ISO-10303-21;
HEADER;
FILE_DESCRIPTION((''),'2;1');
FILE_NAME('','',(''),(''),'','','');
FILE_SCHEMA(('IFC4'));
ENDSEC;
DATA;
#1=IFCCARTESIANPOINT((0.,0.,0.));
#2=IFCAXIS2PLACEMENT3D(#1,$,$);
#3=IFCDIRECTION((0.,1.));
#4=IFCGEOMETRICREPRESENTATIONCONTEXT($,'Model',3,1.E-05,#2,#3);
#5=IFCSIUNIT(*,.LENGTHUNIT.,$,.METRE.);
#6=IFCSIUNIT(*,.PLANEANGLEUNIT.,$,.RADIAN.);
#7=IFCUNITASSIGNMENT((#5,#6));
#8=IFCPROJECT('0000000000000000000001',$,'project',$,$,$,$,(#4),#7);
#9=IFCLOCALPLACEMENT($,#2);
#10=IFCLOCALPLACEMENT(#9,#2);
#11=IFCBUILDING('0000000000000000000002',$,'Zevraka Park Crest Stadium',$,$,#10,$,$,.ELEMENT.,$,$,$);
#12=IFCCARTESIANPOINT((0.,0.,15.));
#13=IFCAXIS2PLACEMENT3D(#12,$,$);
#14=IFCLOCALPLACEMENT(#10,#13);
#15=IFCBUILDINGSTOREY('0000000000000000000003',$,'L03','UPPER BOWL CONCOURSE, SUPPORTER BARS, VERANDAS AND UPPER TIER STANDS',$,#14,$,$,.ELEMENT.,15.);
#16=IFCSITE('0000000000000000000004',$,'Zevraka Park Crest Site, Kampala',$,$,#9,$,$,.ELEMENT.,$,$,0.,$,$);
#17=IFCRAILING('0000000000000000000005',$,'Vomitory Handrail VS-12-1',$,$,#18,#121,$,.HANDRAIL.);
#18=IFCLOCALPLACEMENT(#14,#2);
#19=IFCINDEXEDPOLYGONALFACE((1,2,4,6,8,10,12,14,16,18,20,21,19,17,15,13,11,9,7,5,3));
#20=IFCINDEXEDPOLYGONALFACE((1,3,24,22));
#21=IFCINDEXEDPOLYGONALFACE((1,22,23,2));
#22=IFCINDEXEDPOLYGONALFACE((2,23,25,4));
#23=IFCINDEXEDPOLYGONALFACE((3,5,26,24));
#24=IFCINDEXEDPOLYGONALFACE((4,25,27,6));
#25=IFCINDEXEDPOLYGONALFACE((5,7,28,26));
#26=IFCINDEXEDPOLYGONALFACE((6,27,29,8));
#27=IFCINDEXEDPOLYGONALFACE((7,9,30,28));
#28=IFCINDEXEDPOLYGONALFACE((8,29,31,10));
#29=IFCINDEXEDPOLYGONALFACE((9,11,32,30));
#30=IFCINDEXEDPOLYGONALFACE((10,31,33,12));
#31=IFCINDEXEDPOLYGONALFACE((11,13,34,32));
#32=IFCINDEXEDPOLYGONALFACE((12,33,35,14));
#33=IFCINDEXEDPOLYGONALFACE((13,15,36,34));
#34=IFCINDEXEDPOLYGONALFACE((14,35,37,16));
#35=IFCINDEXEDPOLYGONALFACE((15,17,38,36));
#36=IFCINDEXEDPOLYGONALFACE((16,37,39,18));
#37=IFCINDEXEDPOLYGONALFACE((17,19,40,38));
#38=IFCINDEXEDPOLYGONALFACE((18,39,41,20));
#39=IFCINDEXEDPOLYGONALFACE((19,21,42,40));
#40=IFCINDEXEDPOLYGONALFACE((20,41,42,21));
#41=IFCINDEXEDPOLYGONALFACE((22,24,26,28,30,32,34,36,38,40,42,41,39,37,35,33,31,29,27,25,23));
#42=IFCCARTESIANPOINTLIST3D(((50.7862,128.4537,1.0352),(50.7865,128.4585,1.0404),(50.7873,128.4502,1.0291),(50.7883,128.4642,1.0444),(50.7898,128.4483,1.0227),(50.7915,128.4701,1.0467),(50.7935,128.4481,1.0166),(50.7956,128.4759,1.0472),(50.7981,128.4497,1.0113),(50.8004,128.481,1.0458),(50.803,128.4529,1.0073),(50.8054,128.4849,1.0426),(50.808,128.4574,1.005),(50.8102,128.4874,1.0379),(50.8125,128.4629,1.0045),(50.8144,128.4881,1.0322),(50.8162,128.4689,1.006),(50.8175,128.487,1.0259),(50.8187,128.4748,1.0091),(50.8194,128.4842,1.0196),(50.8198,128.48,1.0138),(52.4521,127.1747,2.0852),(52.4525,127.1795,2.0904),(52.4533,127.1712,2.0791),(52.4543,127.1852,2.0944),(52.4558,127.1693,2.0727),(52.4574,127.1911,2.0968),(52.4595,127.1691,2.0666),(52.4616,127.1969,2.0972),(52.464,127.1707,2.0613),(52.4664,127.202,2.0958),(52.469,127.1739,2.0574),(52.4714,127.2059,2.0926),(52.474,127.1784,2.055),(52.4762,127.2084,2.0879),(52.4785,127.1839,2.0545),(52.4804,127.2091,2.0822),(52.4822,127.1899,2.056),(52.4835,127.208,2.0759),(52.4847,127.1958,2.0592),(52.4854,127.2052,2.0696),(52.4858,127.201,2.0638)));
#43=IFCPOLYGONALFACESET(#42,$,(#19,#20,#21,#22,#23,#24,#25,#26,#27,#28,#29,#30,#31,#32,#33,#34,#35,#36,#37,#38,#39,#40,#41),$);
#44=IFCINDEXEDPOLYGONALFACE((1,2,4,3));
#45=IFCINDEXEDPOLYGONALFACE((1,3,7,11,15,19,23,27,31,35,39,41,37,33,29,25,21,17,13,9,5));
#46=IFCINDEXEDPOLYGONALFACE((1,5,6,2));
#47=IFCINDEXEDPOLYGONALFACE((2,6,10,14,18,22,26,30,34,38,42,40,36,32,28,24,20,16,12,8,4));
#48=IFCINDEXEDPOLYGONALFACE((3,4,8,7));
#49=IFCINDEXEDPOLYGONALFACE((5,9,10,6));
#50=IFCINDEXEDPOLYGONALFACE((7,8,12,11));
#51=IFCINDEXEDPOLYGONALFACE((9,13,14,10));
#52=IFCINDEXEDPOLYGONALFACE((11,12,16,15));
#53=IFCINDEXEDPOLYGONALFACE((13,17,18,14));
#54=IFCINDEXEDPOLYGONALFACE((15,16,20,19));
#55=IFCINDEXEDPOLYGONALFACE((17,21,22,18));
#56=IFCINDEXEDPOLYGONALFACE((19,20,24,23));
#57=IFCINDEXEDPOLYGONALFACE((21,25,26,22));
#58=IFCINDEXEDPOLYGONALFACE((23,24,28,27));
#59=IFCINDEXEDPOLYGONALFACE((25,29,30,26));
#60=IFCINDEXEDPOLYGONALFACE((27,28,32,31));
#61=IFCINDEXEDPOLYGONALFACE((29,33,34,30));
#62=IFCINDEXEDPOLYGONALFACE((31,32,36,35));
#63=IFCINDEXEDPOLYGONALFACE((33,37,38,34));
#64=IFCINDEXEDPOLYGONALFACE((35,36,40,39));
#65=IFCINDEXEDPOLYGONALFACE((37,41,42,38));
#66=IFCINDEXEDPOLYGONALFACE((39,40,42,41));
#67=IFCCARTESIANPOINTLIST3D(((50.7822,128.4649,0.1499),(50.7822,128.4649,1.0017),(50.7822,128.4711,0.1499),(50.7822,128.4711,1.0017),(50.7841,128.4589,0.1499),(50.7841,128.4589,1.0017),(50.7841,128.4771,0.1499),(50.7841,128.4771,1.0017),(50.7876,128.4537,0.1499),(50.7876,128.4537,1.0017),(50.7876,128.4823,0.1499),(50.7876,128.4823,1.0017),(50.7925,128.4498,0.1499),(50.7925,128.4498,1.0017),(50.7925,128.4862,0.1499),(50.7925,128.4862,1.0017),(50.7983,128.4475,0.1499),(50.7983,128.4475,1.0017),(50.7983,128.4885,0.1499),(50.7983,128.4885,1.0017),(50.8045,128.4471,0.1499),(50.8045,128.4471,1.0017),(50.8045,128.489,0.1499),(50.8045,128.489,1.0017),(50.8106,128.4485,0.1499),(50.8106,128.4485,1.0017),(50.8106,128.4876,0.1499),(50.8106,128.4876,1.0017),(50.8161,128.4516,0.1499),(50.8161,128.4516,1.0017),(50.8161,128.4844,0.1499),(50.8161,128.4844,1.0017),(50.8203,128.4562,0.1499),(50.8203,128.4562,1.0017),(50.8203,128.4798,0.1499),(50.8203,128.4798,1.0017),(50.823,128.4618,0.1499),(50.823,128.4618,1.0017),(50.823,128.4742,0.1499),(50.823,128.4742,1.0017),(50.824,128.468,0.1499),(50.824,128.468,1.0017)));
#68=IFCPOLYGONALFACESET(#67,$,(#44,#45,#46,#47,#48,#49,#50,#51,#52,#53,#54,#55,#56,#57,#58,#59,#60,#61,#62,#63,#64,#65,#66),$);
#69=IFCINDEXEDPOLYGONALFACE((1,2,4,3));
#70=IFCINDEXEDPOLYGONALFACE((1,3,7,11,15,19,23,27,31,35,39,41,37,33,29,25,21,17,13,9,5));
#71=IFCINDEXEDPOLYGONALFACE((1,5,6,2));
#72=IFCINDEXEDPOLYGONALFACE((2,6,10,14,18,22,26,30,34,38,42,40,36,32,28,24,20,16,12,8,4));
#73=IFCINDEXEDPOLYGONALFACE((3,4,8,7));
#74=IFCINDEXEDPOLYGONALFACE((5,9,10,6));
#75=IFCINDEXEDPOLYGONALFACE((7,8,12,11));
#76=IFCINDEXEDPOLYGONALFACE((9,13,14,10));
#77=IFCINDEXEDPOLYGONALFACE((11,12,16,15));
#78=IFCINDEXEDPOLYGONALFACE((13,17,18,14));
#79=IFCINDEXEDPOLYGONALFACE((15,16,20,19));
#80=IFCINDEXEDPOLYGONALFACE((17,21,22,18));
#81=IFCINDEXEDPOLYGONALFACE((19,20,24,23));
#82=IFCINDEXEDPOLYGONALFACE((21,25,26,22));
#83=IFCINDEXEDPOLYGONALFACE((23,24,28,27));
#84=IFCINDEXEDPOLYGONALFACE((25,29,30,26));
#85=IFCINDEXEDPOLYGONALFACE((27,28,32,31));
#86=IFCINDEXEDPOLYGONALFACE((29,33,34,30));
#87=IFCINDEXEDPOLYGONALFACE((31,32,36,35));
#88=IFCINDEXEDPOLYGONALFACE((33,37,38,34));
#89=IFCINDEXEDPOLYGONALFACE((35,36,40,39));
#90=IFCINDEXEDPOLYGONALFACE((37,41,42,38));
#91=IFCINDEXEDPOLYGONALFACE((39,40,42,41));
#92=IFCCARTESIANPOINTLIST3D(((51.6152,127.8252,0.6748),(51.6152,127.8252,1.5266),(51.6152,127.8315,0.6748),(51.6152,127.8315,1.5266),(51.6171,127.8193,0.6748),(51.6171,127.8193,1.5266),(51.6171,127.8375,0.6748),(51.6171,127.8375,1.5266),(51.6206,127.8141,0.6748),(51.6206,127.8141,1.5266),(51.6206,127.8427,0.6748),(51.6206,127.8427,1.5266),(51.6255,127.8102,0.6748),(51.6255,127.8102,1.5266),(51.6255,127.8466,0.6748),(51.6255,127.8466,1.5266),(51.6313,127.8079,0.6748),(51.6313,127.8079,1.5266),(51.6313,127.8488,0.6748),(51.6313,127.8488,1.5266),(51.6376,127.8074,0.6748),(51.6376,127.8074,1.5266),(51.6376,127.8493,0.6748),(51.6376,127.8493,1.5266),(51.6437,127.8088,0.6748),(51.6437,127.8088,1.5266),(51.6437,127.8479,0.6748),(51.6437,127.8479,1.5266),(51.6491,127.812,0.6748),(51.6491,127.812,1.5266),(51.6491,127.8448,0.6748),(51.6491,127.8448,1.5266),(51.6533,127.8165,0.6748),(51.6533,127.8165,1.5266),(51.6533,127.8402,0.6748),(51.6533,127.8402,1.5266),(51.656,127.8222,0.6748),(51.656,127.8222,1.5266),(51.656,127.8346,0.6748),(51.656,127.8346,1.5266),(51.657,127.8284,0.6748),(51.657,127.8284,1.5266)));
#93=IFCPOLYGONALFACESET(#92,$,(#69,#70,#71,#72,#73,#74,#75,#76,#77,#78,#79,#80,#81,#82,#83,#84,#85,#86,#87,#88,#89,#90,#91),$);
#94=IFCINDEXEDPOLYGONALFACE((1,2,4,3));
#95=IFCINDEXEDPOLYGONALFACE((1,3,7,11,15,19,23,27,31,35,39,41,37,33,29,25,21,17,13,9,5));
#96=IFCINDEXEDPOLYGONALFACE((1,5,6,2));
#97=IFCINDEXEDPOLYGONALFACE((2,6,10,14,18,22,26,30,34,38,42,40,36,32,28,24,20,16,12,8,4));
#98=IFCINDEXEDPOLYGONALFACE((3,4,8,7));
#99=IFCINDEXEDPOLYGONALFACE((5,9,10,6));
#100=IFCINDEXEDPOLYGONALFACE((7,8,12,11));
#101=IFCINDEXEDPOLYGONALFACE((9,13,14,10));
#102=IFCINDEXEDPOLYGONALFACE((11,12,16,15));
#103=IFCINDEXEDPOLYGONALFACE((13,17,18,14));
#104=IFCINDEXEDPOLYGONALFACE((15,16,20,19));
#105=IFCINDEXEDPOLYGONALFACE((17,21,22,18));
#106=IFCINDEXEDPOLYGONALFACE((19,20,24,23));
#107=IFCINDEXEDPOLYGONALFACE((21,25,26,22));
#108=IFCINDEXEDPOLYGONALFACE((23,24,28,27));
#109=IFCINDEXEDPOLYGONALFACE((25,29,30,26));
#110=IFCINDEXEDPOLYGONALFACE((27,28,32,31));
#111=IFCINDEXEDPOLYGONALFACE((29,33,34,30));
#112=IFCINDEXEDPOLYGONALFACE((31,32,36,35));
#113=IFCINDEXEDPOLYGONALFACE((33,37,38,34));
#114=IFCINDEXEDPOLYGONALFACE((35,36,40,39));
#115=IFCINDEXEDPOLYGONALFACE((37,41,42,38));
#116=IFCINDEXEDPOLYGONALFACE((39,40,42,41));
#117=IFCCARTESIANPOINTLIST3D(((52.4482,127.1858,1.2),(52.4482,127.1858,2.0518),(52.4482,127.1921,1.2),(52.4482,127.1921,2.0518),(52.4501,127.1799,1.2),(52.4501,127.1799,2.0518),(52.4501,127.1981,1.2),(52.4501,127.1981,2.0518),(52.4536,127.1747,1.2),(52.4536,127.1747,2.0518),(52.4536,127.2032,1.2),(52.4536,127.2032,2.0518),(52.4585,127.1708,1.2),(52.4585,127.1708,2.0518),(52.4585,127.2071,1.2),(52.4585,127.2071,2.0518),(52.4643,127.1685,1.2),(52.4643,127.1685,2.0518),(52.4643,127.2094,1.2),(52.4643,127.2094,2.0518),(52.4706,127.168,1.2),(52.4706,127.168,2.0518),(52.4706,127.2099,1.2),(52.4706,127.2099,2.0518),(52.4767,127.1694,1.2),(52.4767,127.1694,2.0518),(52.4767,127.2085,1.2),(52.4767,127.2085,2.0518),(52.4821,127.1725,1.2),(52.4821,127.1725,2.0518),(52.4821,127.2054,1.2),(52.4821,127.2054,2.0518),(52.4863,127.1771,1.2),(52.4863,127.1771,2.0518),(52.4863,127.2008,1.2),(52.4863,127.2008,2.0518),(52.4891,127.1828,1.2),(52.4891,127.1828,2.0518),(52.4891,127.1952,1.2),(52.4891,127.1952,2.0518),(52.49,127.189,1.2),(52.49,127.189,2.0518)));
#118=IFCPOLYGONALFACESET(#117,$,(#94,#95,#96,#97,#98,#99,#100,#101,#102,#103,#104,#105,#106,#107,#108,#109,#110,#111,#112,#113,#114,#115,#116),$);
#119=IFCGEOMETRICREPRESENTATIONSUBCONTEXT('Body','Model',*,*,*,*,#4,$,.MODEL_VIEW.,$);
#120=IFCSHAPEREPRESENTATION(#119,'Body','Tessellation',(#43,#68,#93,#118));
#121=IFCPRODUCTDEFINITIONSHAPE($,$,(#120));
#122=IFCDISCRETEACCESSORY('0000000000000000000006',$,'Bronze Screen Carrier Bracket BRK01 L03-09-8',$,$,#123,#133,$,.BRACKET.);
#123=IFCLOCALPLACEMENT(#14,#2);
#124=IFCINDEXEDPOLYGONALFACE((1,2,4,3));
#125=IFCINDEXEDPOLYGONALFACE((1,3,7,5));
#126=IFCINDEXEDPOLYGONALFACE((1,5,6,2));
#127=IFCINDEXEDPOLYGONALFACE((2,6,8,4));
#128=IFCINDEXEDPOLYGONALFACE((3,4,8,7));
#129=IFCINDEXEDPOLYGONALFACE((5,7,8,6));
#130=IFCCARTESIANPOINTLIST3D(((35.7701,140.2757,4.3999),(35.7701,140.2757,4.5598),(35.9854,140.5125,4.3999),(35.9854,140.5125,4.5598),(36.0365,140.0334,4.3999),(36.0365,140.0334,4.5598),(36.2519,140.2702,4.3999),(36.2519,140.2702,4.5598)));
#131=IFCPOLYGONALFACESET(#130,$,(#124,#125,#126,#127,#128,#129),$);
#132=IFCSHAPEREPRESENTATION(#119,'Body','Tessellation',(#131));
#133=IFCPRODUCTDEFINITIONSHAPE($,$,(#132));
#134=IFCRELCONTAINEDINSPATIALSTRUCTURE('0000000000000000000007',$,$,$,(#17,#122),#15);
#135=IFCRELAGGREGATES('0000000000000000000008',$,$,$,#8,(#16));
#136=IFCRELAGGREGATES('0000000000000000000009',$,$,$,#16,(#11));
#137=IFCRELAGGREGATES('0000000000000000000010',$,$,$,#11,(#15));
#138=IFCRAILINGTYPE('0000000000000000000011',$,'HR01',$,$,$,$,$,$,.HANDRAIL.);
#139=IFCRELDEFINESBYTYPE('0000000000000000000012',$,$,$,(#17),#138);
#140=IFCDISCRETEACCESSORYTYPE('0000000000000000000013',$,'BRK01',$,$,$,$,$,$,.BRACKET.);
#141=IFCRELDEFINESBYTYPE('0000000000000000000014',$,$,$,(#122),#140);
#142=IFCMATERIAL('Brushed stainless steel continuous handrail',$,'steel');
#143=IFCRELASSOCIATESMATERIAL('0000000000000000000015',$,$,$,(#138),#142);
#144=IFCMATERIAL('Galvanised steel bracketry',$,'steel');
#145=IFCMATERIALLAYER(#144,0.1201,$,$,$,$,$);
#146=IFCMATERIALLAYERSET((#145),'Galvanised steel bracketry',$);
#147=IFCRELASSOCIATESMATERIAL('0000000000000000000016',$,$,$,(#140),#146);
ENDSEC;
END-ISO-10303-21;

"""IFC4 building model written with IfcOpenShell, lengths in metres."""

from ifc_helpers import new_model, si_unit, direction, frame, origin, origin_2d, place, context, subcontext, project, spatial, rectangle, circle, extrude, material, layer, layer_set, type_object, element, save


model = new_model("IFC4")

# Units and contexts
model_context = context("Model", 3, precision=1e-05, world=origin(), true_north=direction((0.0, 1.0)))
body_context = subcontext(model_context, "Body", "Model", "MODEL_VIEW")
ifc_project = project(units=[si_unit("LENGTHUNIT", "METRE"), si_unit("PLANEANGLEUNIT", "RADIAN")], contexts=[model_context])

# Site, building, storey
site_placement = place(None, origin())
site = spatial("IfcSite", under=ifc_project, at=site_placement, Name="Zevraka Park Crest Site, Kampala", CompositionType="ELEMENT", RefElevation=0.0)
building_placement = place(site_placement, origin())
building = spatial("IfcBuilding", under=site, at=building_placement, Name="Zevraka Park Crest Stadium", CompositionType="ELEMENT")
storey_placement = place(building_placement, frame((0.0, 0.0, 15.0)))
storey = spatial("IfcBuildingStorey", under=building, at=storey_placement, Name="L03", Description="UPPER BOWL CONCOURSE, SUPPORTER BARS, VERANDAS AND UPPER TIER STANDS", CompositionType="ELEMENT", Elevation=15.0)

# Railing
ifc_material_1 = material(Name="Brushed stainless steel continuous handrail", Category="steel")
railing_type_1 = type_object("IfcRailingType", Name="HR01", PredefinedType="HANDRAIL", material=ifc_material_1)
railing_1_placement = place(storey_placement, frame((50.803, 128.468, 0.1499)))
element("IfcRailing", 1, at=railing_1_placement, inside=storey, type_object=railing_type_1, Name="Vomitory Handrail VS-12-1", PredefinedType="HANDRAIL", context=body_context, shape_type="SweptSolid", body=[
    extrude(circle(Radius=0.0239, at=origin_2d()), frame((0.0, 0.0, 0.876), z_axis=(0.709477, -0.544688, 0.447166), x_axis=(0.608963, 0.793198, 0.0)), (0.0, 0.0, 1.0), 2.3481),
    extrude(circle(Radius=0.021, at=origin_2d()), origin(), (0.0, 0.0, 1.0), 0.8518),
    extrude(circle(Radius=0.021, at=origin_2d()), frame((0.833, -0.6396, 0.5249)), (0.0, 0.0, 1.0), 0.8518),
    extrude(circle(Radius=0.021, at=origin_2d()), frame((1.666, -1.2791, 1.05)), (0.0, 0.0, 1.0), 0.8518),
])

# Discrete accessory
ifc_material_2 = material(Name="Galvanised steel bracketry", Category="steel")
ifc_layer_1 = layer(ifc_material_2, 0.1201)
ifc_layer_set_1 = layer_set([ifc_layer_1], Name="Galvanised steel bracketry")
discrete_accessory_type = type_object("IfcDiscreteAccessoryType", Name="BRK01", PredefinedType="BRACKET", material=ifc_layer_set_1)
discrete_accessory_placement = place(storey_placement, frame((36.011, 140.2729, 4.3999), z_axis=(0.0, 0.0, 1.0), x_axis=(-0.672754, -0.739866, 0.0)))
element("IfcDiscreteAccessory", 2, at=discrete_accessory_placement, inside=storey, type_object=discrete_accessory_type, Name="Bronze Screen Carrier Bracket BRK01 L03-09-8", PredefinedType="BRACKET", context=body_context, shape_type="SweptSolid", body=[
    extrude(rectangle(XDim=0.3201, YDim=0.3601, at=origin_2d()), origin(), (0.0, 0.0, 1.0), 0.1599),
])

save(model, "model.ifc")
